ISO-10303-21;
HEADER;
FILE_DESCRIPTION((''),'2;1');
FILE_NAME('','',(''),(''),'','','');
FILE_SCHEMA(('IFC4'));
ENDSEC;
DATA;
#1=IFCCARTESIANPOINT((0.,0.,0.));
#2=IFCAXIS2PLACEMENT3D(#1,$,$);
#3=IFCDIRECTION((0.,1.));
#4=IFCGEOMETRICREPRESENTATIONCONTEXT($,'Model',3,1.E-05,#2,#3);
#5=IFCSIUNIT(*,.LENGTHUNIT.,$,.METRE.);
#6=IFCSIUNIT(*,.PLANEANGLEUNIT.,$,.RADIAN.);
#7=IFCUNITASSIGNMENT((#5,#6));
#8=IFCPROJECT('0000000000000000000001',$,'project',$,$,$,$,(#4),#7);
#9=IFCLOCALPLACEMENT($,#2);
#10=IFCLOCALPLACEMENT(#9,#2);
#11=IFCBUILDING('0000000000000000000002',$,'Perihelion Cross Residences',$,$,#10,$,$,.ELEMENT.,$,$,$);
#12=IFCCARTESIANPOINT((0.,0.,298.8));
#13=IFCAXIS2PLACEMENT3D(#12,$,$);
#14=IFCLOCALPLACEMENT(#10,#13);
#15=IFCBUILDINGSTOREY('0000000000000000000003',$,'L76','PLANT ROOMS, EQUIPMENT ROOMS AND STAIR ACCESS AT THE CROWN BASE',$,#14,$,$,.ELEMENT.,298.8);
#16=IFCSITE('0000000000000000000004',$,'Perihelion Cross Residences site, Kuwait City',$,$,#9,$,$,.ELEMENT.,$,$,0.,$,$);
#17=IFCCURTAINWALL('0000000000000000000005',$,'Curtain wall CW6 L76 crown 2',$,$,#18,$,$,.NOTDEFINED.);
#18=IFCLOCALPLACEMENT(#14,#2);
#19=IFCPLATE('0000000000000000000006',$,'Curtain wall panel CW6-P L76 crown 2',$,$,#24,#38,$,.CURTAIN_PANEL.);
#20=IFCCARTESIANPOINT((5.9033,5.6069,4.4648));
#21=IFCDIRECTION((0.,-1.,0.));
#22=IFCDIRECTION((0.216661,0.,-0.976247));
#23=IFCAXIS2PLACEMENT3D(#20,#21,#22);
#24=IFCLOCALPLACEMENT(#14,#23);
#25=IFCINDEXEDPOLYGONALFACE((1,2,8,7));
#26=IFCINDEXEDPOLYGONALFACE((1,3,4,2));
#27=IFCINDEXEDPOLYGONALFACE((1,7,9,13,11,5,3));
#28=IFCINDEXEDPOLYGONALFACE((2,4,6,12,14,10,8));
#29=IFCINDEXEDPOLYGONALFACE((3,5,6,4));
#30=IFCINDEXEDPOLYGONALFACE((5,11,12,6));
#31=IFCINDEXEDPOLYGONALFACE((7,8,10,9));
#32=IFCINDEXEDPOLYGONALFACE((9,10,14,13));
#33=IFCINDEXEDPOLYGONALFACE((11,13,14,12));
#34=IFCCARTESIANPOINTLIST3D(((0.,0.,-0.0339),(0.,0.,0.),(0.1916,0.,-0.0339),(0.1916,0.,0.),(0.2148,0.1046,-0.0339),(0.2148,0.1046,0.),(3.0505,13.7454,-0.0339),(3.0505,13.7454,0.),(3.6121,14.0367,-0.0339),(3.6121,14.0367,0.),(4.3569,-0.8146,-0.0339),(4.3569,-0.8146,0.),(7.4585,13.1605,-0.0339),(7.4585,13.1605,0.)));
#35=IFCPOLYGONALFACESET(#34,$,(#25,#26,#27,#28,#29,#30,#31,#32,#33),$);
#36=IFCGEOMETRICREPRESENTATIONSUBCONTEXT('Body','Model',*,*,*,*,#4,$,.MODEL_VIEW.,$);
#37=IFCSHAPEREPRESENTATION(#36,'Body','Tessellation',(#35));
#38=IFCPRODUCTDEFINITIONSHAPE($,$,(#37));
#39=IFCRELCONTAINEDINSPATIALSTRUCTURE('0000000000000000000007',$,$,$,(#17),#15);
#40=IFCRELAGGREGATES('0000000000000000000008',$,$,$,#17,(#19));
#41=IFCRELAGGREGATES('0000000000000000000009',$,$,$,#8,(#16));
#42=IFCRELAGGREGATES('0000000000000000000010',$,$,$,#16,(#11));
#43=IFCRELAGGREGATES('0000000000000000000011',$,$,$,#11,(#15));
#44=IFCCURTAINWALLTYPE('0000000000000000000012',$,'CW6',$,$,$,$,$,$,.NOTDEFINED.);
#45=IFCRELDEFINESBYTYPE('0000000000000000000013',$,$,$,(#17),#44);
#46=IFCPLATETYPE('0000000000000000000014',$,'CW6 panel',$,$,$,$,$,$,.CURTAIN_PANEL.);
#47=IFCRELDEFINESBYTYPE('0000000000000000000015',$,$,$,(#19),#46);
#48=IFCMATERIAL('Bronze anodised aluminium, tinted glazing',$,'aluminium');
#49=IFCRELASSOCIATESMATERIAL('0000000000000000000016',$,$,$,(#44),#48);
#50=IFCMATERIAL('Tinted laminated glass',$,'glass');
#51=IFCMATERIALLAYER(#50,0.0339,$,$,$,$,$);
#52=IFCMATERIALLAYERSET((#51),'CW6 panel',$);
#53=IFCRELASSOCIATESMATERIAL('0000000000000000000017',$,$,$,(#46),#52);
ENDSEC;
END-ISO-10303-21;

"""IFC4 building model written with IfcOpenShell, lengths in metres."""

from ifc_helpers import new_model, si_unit, direction, frame, origin, place, context, subcontext, project, spatial, polyline, outline, extrude, material, layer, layer_set, type_object, element, aggregate, save


model = new_model("IFC4")

# Units and contexts
model_context = context("Model", 3, precision=1e-05, world=origin(), true_north=direction((0.0, 1.0)))
body_context = subcontext(model_context, "Body", "Model", "MODEL_VIEW")
ifc_project = project(units=[si_unit("LENGTHUNIT", "METRE"), si_unit("PLANEANGLEUNIT", "RADIAN")], contexts=[model_context])

# Site, building, storey
site_placement = place(None, origin())
site = spatial("IfcSite", under=ifc_project, at=site_placement, Name="Perihelion Cross Residences site, Kuwait City", CompositionType="ELEMENT", RefElevation=0.0)
building_placement = place(site_placement, origin())
building = spatial("IfcBuilding", under=site, at=building_placement, Name="Perihelion Cross Residences", CompositionType="ELEMENT")
storey_placement = place(building_placement, frame((0.0, 0.0, 298.8)))
storey = spatial("IfcBuildingStorey", under=building, at=storey_placement, Name="L76", Description="PLANT ROOMS, EQUIPMENT ROOMS AND STAIR ACCESS AT THE CROWN BASE", CompositionType="ELEMENT", Elevation=298.8)

# Shared definitions
ifc_material_1 = material(Name="Bronze anodised aluminium, tinted glazing", Category="aluminium")
curtain_wall_type = type_object("IfcCurtainWallType", Name="CW6", PredefinedType="NOTDEFINED", material=ifc_material_1)

# Curtain wall, plate
curtain_wall_1_placement = place(storey_placement, origin())
curtain_wall_1 = element("IfcCurtainWall", 1, at=curtain_wall_1_placement, inside=storey, type_object=curtain_wall_type, Name="Curtain wall CW6 L76 crown 2", PredefinedType="NOTDEFINED")
ifc_material_2 = material(Name="Tinted laminated glass", Category="glass")
ifc_layer_1 = layer(ifc_material_2, 0.0339)
ifc_layer_set_1 = layer_set([ifc_layer_1], Name="CW6 panel")
plate_type = type_object("IfcPlateType", Name="CW6 panel", PredefinedType="CURTAIN_PANEL", material=ifc_layer_set_1)
plate_placement = place(storey_placement, frame((5.9033, 5.6069, 4.4648), z_axis=(0.0, -1.0, 0.0), x_axis=(0.216661, 0.0, -0.976247)))
plate = element("IfcPlate", 2, at=plate_placement, type_object=plate_type, Name="Curtain wall panel CW6-P L76 crown 2", PredefinedType="CURTAIN_PANEL", context=body_context, shape_type="SweptSolid", body=[
    extrude(outline(polyline([(0.0, 0.0), (0.1916, 0.0), (0.2148, 0.1046), (4.3569, -0.8146), (7.4585, 13.1605), (3.6121, 14.0367), (3.0505, 13.7454), (0.0, 0.0)])), origin(), (0.0, 0.0, -1.0), 0.0339),
])
aggregate(curtain_wall_1, [plate])

save(model, "model.ifc")
